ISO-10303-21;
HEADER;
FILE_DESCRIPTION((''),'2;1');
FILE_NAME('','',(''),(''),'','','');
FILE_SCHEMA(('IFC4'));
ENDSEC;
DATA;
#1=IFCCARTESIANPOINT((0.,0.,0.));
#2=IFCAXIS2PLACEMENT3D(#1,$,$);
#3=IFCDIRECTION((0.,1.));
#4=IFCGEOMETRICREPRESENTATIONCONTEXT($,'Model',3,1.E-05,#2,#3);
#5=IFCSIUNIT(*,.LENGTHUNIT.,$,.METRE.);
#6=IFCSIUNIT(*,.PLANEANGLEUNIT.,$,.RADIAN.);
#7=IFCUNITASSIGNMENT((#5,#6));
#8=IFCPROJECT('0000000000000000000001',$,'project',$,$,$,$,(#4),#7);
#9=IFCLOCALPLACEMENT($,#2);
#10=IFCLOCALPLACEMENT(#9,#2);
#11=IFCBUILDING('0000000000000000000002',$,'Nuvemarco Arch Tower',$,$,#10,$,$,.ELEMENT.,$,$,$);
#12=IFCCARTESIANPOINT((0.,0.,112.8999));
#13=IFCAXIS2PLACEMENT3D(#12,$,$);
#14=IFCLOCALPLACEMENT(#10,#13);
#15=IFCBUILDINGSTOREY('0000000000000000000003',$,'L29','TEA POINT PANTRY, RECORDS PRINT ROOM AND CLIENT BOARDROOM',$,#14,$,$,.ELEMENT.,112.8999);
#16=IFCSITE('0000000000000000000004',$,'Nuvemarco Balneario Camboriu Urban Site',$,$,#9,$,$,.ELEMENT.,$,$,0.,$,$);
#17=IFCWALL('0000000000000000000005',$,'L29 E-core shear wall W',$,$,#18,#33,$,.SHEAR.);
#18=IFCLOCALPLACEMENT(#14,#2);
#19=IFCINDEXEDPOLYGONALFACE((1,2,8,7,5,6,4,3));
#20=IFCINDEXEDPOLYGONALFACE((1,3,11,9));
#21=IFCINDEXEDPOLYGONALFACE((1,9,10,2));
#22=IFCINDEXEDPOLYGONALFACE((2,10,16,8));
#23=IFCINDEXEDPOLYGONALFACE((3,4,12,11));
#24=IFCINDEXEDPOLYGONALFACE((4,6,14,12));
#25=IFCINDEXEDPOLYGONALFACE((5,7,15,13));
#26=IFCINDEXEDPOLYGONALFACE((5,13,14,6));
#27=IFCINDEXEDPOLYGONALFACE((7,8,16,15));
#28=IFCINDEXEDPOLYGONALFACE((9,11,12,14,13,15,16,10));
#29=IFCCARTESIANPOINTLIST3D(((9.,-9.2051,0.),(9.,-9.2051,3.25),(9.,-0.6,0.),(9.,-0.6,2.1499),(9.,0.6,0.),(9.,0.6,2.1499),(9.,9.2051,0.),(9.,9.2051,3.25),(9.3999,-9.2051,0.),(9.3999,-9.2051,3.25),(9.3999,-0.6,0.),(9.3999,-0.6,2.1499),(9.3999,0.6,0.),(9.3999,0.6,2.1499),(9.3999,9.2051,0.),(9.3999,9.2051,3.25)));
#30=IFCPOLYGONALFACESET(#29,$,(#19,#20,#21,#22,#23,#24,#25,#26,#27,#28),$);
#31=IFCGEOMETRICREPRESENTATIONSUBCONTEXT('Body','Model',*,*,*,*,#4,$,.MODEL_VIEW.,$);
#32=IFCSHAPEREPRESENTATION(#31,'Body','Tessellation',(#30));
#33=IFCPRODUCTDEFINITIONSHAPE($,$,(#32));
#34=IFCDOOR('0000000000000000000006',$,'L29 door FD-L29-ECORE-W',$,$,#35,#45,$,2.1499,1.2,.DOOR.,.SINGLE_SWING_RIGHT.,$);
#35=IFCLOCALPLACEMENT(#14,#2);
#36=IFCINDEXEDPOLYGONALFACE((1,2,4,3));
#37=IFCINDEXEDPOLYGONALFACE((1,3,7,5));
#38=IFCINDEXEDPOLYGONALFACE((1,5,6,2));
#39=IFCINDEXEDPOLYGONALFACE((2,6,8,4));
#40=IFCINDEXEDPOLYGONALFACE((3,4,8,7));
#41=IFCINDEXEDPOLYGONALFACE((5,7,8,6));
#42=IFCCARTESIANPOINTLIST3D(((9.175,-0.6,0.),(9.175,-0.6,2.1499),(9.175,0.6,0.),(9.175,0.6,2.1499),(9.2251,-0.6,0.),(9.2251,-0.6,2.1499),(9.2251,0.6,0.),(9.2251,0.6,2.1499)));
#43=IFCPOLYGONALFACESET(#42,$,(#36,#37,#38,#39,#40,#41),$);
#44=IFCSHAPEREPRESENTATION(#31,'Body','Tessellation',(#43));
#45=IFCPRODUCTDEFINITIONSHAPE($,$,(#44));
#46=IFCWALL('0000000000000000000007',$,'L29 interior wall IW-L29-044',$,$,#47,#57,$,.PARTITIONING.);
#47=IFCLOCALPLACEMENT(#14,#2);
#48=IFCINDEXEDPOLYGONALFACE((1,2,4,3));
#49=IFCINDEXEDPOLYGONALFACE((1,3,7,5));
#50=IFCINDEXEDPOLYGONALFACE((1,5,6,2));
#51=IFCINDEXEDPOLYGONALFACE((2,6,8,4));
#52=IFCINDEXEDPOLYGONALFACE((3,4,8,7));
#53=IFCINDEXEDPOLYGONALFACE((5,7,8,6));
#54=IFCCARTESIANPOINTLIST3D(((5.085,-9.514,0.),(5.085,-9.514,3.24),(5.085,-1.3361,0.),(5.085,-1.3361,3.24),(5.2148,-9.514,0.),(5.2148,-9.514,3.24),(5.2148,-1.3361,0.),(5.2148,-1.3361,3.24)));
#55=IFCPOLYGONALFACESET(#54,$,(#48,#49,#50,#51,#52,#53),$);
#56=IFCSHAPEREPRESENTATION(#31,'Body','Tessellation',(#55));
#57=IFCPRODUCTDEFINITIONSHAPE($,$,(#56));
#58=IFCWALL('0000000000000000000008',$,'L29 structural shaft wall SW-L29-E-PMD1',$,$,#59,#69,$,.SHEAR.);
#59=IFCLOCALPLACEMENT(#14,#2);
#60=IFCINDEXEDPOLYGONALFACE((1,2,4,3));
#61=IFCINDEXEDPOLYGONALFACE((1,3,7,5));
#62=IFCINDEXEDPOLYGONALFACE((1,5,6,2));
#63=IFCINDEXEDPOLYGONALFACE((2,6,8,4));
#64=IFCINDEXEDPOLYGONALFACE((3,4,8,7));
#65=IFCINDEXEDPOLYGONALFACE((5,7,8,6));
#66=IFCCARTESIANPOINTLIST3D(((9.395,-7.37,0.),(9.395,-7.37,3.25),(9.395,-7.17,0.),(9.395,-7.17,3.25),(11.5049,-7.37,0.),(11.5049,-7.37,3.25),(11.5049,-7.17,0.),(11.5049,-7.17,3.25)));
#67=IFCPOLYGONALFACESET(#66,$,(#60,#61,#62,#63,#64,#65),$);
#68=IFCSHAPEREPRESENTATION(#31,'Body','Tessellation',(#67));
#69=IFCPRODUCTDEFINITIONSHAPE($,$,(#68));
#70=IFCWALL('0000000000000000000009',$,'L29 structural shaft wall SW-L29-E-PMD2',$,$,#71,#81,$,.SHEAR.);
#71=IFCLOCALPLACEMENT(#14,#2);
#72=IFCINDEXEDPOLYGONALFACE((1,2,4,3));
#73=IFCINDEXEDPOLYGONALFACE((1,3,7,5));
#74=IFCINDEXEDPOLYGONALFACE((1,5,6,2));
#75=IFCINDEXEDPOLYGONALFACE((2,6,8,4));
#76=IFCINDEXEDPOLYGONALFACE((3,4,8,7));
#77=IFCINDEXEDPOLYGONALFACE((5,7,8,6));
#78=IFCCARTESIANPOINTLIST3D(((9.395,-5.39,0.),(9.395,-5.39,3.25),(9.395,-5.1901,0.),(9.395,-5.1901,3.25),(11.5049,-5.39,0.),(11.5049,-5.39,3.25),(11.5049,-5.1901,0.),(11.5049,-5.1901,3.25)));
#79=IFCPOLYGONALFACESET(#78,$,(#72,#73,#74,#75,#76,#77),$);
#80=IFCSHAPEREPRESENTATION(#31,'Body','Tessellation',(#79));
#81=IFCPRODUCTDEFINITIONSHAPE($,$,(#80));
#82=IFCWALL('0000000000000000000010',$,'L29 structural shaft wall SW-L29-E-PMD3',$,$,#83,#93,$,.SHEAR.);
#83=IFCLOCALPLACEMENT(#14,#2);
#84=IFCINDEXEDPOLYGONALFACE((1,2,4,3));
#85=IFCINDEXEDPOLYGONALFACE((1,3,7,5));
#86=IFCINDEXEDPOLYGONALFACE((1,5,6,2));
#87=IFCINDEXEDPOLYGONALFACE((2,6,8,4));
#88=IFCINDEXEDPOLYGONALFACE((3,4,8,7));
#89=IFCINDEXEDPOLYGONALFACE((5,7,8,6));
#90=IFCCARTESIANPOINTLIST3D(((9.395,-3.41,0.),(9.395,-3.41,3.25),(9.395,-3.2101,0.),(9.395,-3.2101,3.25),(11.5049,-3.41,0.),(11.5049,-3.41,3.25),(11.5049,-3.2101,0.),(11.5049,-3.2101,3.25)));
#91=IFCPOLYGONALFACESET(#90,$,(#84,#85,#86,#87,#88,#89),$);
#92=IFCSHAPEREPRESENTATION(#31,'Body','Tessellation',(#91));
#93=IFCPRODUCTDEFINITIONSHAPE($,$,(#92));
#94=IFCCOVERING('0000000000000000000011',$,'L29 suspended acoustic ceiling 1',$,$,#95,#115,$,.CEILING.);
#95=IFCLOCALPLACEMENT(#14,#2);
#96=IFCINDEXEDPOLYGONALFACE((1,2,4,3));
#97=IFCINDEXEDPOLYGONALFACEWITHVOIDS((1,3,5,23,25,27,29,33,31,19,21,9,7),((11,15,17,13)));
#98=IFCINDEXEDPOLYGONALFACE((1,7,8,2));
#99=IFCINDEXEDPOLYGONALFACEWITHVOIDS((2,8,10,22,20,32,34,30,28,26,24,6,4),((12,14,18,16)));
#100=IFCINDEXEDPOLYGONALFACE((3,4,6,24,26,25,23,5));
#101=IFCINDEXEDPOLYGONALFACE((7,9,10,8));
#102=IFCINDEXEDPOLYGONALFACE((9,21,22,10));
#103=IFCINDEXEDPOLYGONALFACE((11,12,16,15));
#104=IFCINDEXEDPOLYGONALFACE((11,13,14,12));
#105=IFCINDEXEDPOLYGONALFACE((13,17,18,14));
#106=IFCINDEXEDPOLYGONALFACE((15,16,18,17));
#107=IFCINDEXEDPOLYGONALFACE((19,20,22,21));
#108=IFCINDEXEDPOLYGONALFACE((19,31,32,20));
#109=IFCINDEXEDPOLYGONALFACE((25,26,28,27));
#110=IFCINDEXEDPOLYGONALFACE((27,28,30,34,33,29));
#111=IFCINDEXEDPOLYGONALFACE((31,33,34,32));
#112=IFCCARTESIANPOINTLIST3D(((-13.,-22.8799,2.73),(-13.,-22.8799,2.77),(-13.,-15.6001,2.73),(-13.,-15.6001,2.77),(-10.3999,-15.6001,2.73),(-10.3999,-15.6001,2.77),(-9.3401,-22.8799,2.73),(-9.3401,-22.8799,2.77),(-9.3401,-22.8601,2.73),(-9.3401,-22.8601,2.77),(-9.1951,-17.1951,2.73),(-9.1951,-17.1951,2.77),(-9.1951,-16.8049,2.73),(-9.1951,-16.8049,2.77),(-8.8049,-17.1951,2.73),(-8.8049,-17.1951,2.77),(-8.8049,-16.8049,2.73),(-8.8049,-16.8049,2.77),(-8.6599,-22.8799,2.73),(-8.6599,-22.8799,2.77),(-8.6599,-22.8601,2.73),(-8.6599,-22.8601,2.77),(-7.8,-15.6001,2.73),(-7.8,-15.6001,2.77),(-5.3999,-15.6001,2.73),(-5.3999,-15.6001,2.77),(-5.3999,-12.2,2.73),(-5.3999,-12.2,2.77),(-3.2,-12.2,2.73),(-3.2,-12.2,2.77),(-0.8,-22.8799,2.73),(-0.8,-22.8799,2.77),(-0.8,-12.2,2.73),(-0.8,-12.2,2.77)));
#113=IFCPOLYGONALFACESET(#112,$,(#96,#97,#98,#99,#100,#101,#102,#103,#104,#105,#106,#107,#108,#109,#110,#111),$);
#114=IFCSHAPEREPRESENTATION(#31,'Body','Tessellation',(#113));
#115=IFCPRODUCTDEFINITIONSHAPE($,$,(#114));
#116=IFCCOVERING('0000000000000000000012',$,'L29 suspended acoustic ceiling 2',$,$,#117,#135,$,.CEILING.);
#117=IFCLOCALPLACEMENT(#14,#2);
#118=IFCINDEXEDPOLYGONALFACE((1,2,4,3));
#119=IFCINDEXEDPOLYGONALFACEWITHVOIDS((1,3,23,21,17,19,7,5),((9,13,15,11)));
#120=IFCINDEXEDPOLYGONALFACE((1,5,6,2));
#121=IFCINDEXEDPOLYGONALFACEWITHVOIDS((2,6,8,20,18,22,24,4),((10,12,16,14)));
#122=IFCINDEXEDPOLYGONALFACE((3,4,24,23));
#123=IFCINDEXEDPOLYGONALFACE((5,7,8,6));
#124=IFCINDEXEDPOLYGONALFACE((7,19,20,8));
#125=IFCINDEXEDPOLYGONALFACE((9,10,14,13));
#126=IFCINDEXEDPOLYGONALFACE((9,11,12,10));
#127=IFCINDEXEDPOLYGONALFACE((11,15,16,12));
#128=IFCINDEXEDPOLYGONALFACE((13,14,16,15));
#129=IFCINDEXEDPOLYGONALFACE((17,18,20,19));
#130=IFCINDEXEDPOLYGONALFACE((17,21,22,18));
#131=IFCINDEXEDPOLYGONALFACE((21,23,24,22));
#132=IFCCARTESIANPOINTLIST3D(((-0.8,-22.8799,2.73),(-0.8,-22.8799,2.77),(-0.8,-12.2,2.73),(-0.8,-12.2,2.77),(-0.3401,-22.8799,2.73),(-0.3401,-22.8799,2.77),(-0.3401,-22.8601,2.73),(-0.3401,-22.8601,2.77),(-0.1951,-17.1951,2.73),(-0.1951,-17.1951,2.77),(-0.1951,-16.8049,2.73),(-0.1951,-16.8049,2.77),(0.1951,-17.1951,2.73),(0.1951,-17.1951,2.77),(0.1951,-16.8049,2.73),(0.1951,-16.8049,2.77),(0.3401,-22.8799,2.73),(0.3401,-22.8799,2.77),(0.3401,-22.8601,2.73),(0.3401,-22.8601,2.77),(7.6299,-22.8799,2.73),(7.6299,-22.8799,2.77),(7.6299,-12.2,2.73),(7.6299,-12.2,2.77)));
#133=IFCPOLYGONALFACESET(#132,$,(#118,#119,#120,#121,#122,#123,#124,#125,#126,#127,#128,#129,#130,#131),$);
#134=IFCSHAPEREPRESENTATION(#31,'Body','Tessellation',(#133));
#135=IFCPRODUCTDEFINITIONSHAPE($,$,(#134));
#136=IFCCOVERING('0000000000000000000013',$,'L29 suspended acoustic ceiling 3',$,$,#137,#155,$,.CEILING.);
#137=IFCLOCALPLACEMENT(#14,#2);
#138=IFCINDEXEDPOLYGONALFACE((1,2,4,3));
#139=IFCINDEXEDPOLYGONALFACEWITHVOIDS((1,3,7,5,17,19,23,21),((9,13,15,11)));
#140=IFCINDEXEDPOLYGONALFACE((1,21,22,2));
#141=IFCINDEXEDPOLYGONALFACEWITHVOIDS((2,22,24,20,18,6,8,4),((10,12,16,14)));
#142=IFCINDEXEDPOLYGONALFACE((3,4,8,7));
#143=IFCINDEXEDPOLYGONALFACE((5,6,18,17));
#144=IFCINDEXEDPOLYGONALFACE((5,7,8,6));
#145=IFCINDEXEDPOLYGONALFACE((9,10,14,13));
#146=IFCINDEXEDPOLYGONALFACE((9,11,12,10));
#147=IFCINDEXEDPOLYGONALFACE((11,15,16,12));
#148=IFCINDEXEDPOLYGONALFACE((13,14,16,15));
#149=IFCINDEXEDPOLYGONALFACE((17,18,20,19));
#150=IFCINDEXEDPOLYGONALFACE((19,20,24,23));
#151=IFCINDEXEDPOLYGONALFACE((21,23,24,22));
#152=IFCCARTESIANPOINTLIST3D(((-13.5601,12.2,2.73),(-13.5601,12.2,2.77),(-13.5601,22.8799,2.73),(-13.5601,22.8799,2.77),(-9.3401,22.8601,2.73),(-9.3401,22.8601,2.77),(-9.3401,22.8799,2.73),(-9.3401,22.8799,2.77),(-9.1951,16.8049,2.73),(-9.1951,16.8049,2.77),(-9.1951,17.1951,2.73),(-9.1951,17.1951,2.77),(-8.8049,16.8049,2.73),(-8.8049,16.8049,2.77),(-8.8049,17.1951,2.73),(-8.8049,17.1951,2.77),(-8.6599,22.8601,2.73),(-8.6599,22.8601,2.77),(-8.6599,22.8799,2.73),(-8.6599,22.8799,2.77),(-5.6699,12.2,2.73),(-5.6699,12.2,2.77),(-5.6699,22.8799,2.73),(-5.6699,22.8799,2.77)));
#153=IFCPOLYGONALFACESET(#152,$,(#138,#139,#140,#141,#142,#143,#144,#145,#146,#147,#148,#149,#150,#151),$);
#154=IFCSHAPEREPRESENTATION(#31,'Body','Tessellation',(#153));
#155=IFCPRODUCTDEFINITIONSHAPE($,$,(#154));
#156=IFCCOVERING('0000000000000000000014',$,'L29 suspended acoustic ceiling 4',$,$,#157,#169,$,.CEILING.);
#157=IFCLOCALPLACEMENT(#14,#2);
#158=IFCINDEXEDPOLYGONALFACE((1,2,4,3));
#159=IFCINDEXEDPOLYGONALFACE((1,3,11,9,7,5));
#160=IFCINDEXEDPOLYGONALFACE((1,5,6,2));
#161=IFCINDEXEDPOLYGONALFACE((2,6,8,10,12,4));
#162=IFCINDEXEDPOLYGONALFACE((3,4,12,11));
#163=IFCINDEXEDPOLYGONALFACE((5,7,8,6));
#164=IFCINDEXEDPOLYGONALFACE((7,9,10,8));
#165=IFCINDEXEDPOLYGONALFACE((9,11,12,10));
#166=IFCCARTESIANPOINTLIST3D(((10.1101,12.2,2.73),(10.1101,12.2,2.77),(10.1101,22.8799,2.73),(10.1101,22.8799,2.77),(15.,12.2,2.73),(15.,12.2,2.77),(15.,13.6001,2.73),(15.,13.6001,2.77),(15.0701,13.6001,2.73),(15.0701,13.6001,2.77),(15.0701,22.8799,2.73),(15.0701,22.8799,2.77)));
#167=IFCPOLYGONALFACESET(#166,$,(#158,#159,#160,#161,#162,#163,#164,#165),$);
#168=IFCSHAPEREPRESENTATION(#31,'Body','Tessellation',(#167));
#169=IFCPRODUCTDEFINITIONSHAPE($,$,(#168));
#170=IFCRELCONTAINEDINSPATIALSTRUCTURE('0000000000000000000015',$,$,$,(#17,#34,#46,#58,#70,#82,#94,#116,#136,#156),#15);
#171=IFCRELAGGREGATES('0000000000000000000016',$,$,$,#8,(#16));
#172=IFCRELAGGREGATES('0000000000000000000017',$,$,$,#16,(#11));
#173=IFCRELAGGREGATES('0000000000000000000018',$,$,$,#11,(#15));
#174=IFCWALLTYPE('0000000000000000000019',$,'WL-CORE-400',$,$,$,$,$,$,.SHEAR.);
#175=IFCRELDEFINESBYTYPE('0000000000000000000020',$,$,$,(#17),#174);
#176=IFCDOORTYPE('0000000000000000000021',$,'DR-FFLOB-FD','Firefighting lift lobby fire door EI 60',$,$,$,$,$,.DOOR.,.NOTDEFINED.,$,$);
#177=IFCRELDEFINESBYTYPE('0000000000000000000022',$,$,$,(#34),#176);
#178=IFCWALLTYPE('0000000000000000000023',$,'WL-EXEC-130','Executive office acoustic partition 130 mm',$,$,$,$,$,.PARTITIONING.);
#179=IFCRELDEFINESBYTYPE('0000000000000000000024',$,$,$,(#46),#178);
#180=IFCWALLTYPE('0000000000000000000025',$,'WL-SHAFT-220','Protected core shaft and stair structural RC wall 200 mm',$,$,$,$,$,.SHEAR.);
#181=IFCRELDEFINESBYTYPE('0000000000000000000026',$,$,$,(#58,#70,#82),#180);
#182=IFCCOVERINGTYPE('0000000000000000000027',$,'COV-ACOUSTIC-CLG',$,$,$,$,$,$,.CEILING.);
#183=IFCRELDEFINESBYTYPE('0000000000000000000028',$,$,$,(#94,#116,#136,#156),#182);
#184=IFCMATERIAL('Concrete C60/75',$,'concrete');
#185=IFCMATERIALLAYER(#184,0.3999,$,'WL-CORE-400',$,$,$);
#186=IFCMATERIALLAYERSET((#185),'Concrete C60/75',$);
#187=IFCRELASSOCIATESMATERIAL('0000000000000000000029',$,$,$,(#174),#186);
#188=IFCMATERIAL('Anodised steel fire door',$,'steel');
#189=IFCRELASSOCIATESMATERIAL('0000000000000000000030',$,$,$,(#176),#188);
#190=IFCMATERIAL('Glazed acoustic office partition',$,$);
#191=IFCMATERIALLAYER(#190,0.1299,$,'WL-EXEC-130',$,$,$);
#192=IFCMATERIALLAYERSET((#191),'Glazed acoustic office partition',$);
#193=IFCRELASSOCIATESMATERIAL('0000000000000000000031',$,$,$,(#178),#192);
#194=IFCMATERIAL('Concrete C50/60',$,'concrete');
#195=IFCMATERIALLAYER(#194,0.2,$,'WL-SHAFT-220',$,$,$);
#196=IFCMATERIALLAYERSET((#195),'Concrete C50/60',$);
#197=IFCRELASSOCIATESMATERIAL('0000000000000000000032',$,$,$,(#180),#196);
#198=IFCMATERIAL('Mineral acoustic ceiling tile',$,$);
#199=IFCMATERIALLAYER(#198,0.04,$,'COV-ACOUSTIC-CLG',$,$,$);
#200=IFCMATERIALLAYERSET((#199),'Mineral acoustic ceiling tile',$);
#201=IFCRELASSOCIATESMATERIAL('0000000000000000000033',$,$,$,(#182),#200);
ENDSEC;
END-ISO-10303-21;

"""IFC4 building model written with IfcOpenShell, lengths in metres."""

from ifc_helpers import new_model, si_unit, direction, frame, frame_2d, origin, place, context, subcontext, project, spatial, polyline, rectangle, outline, extrude, source, transform, mapped, material, layer, layer_set, type_object, type_shapes, element, fill, save


model = new_model("IFC4")

# Units and contexts
model_context = context("Model", 3, precision=1e-05, world=origin(), true_north=direction((0.0, 1.0)))
body_context = subcontext(model_context, "Body", "Model", "MODEL_VIEW")
ifc_project = project(units=[si_unit("LENGTHUNIT", "METRE"), si_unit("PLANEANGLEUNIT", "RADIAN")], contexts=[model_context])

# Site, building, storey
site_placement = place(None, origin())
site = spatial("IfcSite", under=ifc_project, at=site_placement, Name="Nuvemarco Balneario Camboriu Urban Site", CompositionType="ELEMENT", RefElevation=0.0)
building_placement = place(site_placement, origin())
building = spatial("IfcBuilding", under=site, at=building_placement, Name="Nuvemarco Arch Tower", CompositionType="ELEMENT")
storey_placement = place(building_placement, frame((0.0, 0.0, 112.8999)))
storey = spatial("IfcBuildingStorey", under=building, at=storey_placement, Name="L29", Description="TEA POINT PANTRY, RECORDS PRINT ROOM AND CLIENT BOARDROOM", CompositionType="ELEMENT", Elevation=112.8999)

# Shared definitions
ifc_material_1 = material(Name="Concrete C60/75", Category="concrete")

# Shared definitions
ifc_material_2 = material(Name="Concrete C50/60", Category="concrete")

# Shared definitions
ifc_layer_1 = layer(ifc_material_1, 0.3999, Name="WL-CORE-400")
ifc_layer_set_1 = layer_set([ifc_layer_1], Name="Concrete C60/75")
wall_type_1 = type_object("IfcWallType", Name="WL-CORE-400", PredefinedType="SHEAR", material=ifc_layer_set_1)

# Wall, opening, door
wall_1_placement = place(storey_placement, frame((9.2, -9.2051, 0.0), z_axis=(0.0, 0.0, 1.0), x_axis=(0.0, 1.0, 0.0)))
wall_1 = element("IfcWall", 1, at=wall_1_placement, inside=storey, type_object=wall_type_1, Name="L29 E-core shear wall W", PredefinedType="SHEAR", context=body_context, shape_type="SweptSolid", body=[
    extrude(rectangle(XDim=18.4102, YDim=0.3999, at=frame_2d((9.2051, 0.0))), origin(), (0.0, 0.0, 1.0), 3.25),
])
opening_placement = place(wall_1_placement, frame((8.605, 0.0, 0.0)))
opening = element("IfcOpeningElement", 2, at=opening_placement, cuts=wall_1, PredefinedType="OPENING", context=body_context, shape_type="SweptSolid", body=[
    extrude(rectangle(XDim=1.2, YDim=2.1499, at=frame_2d((0.6001, 1.075))), frame((0.0, 0.21, 0.0), z_axis=(0.0, -1.0, 0.0), x_axis=(1.0, 0.0, 0.0)), (0.0, 0.0, 1.0), 0.4199),
])
ifc_material_3 = material(Name="Anodised steel fire door", Category="steel")
door_type = type_object("IfcDoorType", Name="DR-FFLOB-FD", Description="Firefighting lift lobby fire door EI 60", OperationType="NOTDEFINED", PredefinedType="DOOR", material=ifc_material_3)
shared_shape = source(origin(), body_context, "Body", "SweptSolid", [
    extrude(rectangle(XDim=1.2, YDim=2.1499, at=frame_2d((0.6001, 1.075))), frame((0.0, 0.0249, 0.0), z_axis=(0.0, -1.0, 0.0), x_axis=(1.0, 0.0, 0.0)), (0.0, 0.0, 1.0), 0.05),
])
type_shapes(door_type, [shared_shape])
door_placement = place(opening_placement, origin())
door = element("IfcDoor", 3, at=door_placement, inside=storey, type_object=door_type, Name="L29 door FD-L29-ECORE-W", OperationType="SINGLE_SWING_RIGHT", OverallHeight=2.1499, OverallWidth=1.2, PredefinedType="DOOR", context=body_context, shape_type="MappedRepresentation", body=[
    mapped(shared_shape, transform((0.0, 0.0, 0.0), scale=1.0)),
])
fill(opening, door)

# Walls
ifc_material_4 = material(Name="Glazed acoustic office partition")
ifc_layer_2 = layer(ifc_material_4, 0.1299, Name="WL-EXEC-130")
ifc_layer_set_2 = layer_set([ifc_layer_2], Name="Glazed acoustic office partition")
wall_type_2 = type_object("IfcWallType", Name="WL-EXEC-130", Description="Executive office acoustic partition 130 mm", PredefinedType="PARTITIONING", material=ifc_layer_set_2)
wall_2_placement = place(storey_placement, frame((5.1499, -9.5139, 0.0), z_axis=(0.0, 0.0, 1.0), x_axis=(0.0, 1.0, 0.0)))
element("IfcWall", 4, at=wall_2_placement, inside=storey, type_object=wall_type_2, Name="L29 interior wall IW-L29-044", PredefinedType="PARTITIONING", context=body_context, shape_type="SweptSolid", body=[
    extrude(rectangle(XDim=8.178, YDim=0.1299, at=frame_2d((4.0889, 0.0))), origin(), (0.0, 0.0, 1.0), 3.24),
])
ifc_layer_3 = layer(ifc_material_2, 0.2, Name="WL-SHAFT-220")
ifc_layer_set_3 = layer_set([ifc_layer_3], Name="Concrete C50/60")
wall_type_3 = type_object("IfcWallType", Name="WL-SHAFT-220", Description="Protected core shaft and stair structural RC wall 200 mm", PredefinedType="SHEAR", material=ifc_layer_set_3)
for number, where, z_axis, x_axis, name in (
    (5, (9.395, -7.27, 0.0), (0.0, 0.0, 1.0), (1.0, 0.0, 0.0), "L29 structural shaft wall SW-L29-E-PMD1"),
    (6, (9.395, -5.29, 0.0), (0.0, 0.0, 1.0), (1.0, 0.0, 0.0), "L29 structural shaft wall SW-L29-E-PMD2"),
    (7, (9.395, -3.3101, 0.0), (0.0, 0.0, 1.0), (1.0, 0.0, 0.0), "L29 structural shaft wall SW-L29-E-PMD3"),
):
    element("IfcWall", number, at=place(storey_placement, frame(where, z_axis=z_axis, x_axis=x_axis)), inside=storey, type_object=wall_type_3, Name=name, PredefinedType="SHEAR", context=body_context, shape_type="SweptSolid", body=[
        extrude(rectangle(XDim=2.1099, YDim=0.2, at=frame_2d((1.0549, 0.0))), origin(), (0.0, 0.0, 1.0), 3.25),
    ])

# Coverings
ifc_material_5 = material(Name="Mineral acoustic ceiling tile")
ifc_layer_4 = layer(ifc_material_5, 0.04, Name="COV-ACOUSTIC-CLG")
ifc_layer_set_4 = layer_set([ifc_layer_4], Name="Mineral acoustic ceiling tile")
covering_type = type_object("IfcCoveringType", Name="COV-ACOUSTIC-CLG", PredefinedType="CEILING", material=ifc_layer_set_4)
covering_1_placement = place(storey_placement, frame((0.0, 0.0, 2.73)))
element("IfcCovering", 8, at=covering_1_placement, inside=storey, type_object=covering_type, Name="L29 suspended acoustic ceiling 1", PredefinedType="CEILING", context=body_context, shape_type="SweptSolid", body=[
    extrude(outline(polyline([(-5.3999, -15.6001), (-5.3999, -12.2), (-3.2, -12.2), (-0.8, -12.2), (-0.8, -22.8799), (-8.6599, -22.8799), (-8.6599, -22.8601), (-9.3401, -22.8601), (-9.3401, -22.8799), (-13.0, -22.8799), (-13.0, -15.6001), (-10.3999, -15.6001), (-7.8, -15.6001), (-5.3999, -15.6001)]), holes=[polyline([(-8.8049, -17.1951), (-8.8049, -16.8049), (-9.1951, -16.8049), (-9.1951, -17.1951), (-8.8049, -17.1951)])]), origin(), (0.0, 0.0, 1.0), 0.04),
])
covering_2_placement = place(storey_placement, frame((0.0, 0.0, 2.73)))
element("IfcCovering", 9, at=covering_2_placement, inside=storey, type_object=covering_type, Name="L29 suspended acoustic ceiling 2", PredefinedType="CEILING", context=body_context, shape_type="SweptSolid", body=[
    extrude(outline(polyline([(0.3401, -22.8799), (0.3401, -22.8601), (-0.3401, -22.8601), (-0.3401, -22.8799), (-0.8, -22.8799), (-0.8, -12.2), (7.6299, -12.2), (7.6299, -22.8799), (0.3401, -22.8799)]), holes=[polyline([(0.1951, -17.1951), (0.1951, -16.8049), (-0.1951, -16.8049), (-0.1951, -17.1951), (0.1951, -17.1951)])]), origin(), (0.0, 0.0, 1.0), 0.04),
])
covering_3_placement = place(storey_placement, frame((0.0, 0.0, 2.73)))
element("IfcCovering", 10, at=covering_3_placement, inside=storey, type_object=covering_type, Name="L29 suspended acoustic ceiling 3", PredefinedType="CEILING", context=body_context, shape_type="SweptSolid", body=[
    extrude(outline(polyline([(-5.6699, 12.2), (-13.5601, 12.2), (-13.5601, 22.8799), (-9.3401, 22.8799), (-9.3401, 22.8601), (-8.6599, 22.8601), (-8.6599, 22.8799), (-5.6699, 22.8799), (-5.6699, 12.2)]), holes=[polyline([(-8.8049, 16.8049), (-8.8049, 17.1951), (-9.1951, 17.1951), (-9.1951, 16.8049), (-8.8049, 16.8049)])]), origin(), (0.0, 0.0, 1.0), 0.04),
])
covering_4_placement = place(storey_placement, frame((0.0, 0.0, 2.73)))
element("IfcCovering", 11, at=covering_4_placement, inside=storey, type_object=covering_type, Name="L29 suspended acoustic ceiling 4", PredefinedType="CEILING", context=body_context, shape_type="SweptSolid", body=[
    extrude(outline(polyline([(15.0701, 22.8799), (15.0701, 13.6001), (15.0, 13.6001), (15.0, 12.2), (10.1101, 12.2), (10.1101, 22.8799), (15.0701, 22.8799)])), origin(), (0.0, 0.0, 1.0), 0.04),
])

save(model, "model.ifc")
